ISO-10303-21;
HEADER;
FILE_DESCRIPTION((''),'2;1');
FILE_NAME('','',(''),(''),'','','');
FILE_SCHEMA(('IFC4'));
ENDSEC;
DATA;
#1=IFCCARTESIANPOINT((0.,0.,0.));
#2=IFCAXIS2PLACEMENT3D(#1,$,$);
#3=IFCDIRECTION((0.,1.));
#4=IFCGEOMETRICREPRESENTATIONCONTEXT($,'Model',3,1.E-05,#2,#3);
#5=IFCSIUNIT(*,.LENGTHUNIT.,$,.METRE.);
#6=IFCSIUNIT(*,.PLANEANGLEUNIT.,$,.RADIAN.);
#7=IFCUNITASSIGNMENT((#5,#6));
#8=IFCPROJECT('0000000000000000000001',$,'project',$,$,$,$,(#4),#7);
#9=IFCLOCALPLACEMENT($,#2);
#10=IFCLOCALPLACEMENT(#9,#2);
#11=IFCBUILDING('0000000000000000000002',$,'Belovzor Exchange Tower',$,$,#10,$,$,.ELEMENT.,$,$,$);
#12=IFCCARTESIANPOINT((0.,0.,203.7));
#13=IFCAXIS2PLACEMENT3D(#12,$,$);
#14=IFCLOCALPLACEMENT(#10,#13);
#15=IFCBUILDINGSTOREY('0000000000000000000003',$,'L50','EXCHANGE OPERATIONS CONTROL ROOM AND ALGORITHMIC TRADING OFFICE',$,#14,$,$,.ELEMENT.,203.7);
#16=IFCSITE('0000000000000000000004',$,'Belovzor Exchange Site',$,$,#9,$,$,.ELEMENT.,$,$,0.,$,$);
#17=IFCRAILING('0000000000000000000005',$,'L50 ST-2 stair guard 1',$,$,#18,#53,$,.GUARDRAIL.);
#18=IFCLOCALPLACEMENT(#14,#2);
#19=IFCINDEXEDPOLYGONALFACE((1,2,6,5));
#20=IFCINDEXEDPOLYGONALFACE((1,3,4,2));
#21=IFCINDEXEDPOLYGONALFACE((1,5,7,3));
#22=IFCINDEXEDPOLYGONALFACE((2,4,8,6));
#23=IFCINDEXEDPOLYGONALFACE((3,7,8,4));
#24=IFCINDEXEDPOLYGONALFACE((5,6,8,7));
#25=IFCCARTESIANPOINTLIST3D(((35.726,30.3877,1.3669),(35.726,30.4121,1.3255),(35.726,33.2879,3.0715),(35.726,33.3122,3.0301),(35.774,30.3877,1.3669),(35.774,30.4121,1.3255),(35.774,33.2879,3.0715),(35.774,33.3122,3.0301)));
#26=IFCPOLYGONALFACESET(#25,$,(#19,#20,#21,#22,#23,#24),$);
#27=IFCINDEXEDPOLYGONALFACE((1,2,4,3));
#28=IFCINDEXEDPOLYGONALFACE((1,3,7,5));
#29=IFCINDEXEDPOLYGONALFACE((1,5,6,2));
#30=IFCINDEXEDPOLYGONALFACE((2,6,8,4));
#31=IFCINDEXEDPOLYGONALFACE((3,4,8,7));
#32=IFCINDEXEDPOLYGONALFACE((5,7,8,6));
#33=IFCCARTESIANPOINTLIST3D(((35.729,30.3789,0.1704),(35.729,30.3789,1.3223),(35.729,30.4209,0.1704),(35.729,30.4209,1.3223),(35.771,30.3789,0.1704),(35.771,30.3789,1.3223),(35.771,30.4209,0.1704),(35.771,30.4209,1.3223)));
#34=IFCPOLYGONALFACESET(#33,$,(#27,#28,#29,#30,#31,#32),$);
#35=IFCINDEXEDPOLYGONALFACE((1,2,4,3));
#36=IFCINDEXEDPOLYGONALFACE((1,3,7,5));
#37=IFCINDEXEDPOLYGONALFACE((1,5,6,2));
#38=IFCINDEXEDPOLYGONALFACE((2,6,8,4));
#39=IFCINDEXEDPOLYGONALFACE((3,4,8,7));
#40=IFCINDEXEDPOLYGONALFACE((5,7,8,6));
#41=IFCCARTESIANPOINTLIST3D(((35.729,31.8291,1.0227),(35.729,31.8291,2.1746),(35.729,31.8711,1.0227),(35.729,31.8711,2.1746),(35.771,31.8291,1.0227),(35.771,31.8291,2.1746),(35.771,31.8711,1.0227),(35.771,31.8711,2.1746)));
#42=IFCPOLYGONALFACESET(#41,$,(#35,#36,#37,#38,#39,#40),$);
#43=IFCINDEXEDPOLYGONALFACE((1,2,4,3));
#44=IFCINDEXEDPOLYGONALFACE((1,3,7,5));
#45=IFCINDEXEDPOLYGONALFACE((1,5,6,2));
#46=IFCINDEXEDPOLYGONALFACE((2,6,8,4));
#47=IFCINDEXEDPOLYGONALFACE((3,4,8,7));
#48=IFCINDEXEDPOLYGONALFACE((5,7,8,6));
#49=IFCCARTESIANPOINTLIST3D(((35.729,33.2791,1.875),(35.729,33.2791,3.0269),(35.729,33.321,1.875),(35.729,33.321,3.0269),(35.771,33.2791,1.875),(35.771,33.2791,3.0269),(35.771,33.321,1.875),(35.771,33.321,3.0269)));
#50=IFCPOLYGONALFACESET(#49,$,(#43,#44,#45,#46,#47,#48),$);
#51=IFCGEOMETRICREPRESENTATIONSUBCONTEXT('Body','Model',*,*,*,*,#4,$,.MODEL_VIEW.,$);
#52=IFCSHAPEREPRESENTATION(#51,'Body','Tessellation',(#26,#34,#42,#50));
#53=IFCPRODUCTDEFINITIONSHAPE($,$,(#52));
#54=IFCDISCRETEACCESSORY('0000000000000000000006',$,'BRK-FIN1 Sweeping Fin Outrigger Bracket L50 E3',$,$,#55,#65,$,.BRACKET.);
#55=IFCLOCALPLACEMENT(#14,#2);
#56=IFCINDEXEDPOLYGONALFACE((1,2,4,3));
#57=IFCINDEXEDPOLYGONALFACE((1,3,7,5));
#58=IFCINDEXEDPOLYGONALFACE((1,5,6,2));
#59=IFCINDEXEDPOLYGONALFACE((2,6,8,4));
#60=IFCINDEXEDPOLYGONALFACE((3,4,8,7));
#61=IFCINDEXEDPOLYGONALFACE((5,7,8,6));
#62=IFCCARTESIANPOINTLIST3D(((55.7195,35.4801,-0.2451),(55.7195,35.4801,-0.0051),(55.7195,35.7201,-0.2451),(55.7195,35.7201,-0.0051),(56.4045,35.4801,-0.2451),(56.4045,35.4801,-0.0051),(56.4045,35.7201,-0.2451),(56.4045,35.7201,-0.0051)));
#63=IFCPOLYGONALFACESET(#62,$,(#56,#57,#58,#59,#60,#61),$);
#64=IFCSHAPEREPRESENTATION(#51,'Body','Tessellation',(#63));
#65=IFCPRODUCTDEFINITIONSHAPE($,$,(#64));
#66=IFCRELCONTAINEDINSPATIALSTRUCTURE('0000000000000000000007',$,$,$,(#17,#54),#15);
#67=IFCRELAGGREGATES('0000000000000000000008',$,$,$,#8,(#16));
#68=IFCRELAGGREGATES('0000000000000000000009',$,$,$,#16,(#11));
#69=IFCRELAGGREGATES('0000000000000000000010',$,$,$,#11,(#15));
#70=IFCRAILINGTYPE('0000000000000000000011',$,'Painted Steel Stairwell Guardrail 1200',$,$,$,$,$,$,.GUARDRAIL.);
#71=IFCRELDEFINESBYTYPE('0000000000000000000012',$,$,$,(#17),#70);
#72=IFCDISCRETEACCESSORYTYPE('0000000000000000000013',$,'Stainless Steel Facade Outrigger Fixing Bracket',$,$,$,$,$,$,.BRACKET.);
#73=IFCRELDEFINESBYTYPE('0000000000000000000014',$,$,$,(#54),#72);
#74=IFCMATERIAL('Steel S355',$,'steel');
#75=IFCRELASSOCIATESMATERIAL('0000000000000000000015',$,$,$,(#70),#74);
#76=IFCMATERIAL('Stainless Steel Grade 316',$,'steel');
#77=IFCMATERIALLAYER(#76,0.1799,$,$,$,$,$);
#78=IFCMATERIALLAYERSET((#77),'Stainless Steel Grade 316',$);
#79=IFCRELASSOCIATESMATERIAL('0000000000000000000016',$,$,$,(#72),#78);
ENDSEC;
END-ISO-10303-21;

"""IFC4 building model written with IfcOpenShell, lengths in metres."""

from ifc_helpers import new_model, si_unit, direction, frame, origin, origin_2d, place, context, subcontext, project, spatial, rectangle, extrude, material, layer, layer_set, type_object, element, save


model = new_model("IFC4")

# Units and contexts
model_context = context("Model", 3, precision=1e-05, world=origin(), true_north=direction((0.0, 1.0)))
body_context = subcontext(model_context, "Body", "Model", "MODEL_VIEW")
ifc_project = project(units=[si_unit("LENGTHUNIT", "METRE"), si_unit("PLANEANGLEUNIT", "RADIAN")], contexts=[model_context])

# Site, building, storey
site_placement = place(None, origin())
site = spatial("IfcSite", under=ifc_project, at=site_placement, Name="Belovzor Exchange Site", CompositionType="ELEMENT", RefElevation=0.0)
building_placement = place(site_placement, origin())
building = spatial("IfcBuilding", under=site, at=building_placement, Name="Belovzor Exchange Tower", CompositionType="ELEMENT")
storey_placement = place(building_placement, frame((0.0, 0.0, 203.7)))
storey = spatial("IfcBuildingStorey", under=building, at=storey_placement, Name="L50", Description="EXCHANGE OPERATIONS CONTROL ROOM AND ALGORITHMIC TRADING OFFICE", CompositionType="ELEMENT", Elevation=203.7)

# Railing
ifc_material_1 = material(Name="Steel S355", Category="steel")
railing_type_1 = type_object("IfcRailingType", Name="Painted Steel Stairwell Guardrail 1200", PredefinedType="GUARDRAIL", material=ifc_material_1)
railing_1_placement = place(storey_placement, frame((35.75, 30.3999, 0.1704)))
element("IfcRailing", 1, at=railing_1_placement, inside=storey, type_object=railing_type_1, Name="L50 ST-2 stair guard 1", PredefinedType="GUARDRAIL", context=body_context, shape_type="SweptSolid", body=[
    extrude(rectangle(XDim=0.0481, YDim=0.0481, at=origin_2d()), frame((0.0, 0.0, 1.1758), z_axis=(0.0, 0.862113, 0.506716), x_axis=(-1.0, 0.0, 0.0)), (0.0, 0.0, 1.0), 3.364),
    extrude(rectangle(XDim=0.042, YDim=0.042, at=origin_2d()), origin(), (0.0, 0.0, 1.0), 1.1519),
    extrude(rectangle(XDim=0.042, YDim=0.042, at=origin_2d()), frame((0.0, 1.4502, 0.8523)), (0.0, 0.0, 1.0), 1.1519),
    extrude(rectangle(XDim=0.042, YDim=0.042, at=origin_2d()), frame((0.0, 2.9001, 1.7046)), (0.0, 0.0, 1.0), 1.1519),
])

# Discrete accessory
ifc_material_2 = material(Name="Stainless Steel Grade 316", Category="steel")
ifc_layer_1 = layer(ifc_material_2, 0.1799)
ifc_layer_set_1 = layer_set([ifc_layer_1], Name="Stainless Steel Grade 316")
discrete_accessory_type = type_object("IfcDiscreteAccessoryType", Name="Stainless Steel Facade Outrigger Fixing Bracket", PredefinedType="BRACKET", material=ifc_layer_set_1)
discrete_accessory_placement = place(storey_placement, frame((56.062, 35.6001, -0.2451), z_axis=(0.0, 0.0, 1.0), x_axis=(1.0, 0.0, 0.0)))
element("IfcDiscreteAccessory", 2, at=discrete_accessory_placement, inside=storey, type_object=discrete_accessory_type, Name="BRK-FIN1 Sweeping Fin Outrigger Bracket L50 E3", PredefinedType="BRACKET", context=body_context, shape_type="SweptSolid", body=[
    extrude(rectangle(XDim=0.6851, YDim=0.24, at=origin_2d()), origin(), (0.0, 0.0, 1.0), 0.24),
])

save(model, "model.ifc")
